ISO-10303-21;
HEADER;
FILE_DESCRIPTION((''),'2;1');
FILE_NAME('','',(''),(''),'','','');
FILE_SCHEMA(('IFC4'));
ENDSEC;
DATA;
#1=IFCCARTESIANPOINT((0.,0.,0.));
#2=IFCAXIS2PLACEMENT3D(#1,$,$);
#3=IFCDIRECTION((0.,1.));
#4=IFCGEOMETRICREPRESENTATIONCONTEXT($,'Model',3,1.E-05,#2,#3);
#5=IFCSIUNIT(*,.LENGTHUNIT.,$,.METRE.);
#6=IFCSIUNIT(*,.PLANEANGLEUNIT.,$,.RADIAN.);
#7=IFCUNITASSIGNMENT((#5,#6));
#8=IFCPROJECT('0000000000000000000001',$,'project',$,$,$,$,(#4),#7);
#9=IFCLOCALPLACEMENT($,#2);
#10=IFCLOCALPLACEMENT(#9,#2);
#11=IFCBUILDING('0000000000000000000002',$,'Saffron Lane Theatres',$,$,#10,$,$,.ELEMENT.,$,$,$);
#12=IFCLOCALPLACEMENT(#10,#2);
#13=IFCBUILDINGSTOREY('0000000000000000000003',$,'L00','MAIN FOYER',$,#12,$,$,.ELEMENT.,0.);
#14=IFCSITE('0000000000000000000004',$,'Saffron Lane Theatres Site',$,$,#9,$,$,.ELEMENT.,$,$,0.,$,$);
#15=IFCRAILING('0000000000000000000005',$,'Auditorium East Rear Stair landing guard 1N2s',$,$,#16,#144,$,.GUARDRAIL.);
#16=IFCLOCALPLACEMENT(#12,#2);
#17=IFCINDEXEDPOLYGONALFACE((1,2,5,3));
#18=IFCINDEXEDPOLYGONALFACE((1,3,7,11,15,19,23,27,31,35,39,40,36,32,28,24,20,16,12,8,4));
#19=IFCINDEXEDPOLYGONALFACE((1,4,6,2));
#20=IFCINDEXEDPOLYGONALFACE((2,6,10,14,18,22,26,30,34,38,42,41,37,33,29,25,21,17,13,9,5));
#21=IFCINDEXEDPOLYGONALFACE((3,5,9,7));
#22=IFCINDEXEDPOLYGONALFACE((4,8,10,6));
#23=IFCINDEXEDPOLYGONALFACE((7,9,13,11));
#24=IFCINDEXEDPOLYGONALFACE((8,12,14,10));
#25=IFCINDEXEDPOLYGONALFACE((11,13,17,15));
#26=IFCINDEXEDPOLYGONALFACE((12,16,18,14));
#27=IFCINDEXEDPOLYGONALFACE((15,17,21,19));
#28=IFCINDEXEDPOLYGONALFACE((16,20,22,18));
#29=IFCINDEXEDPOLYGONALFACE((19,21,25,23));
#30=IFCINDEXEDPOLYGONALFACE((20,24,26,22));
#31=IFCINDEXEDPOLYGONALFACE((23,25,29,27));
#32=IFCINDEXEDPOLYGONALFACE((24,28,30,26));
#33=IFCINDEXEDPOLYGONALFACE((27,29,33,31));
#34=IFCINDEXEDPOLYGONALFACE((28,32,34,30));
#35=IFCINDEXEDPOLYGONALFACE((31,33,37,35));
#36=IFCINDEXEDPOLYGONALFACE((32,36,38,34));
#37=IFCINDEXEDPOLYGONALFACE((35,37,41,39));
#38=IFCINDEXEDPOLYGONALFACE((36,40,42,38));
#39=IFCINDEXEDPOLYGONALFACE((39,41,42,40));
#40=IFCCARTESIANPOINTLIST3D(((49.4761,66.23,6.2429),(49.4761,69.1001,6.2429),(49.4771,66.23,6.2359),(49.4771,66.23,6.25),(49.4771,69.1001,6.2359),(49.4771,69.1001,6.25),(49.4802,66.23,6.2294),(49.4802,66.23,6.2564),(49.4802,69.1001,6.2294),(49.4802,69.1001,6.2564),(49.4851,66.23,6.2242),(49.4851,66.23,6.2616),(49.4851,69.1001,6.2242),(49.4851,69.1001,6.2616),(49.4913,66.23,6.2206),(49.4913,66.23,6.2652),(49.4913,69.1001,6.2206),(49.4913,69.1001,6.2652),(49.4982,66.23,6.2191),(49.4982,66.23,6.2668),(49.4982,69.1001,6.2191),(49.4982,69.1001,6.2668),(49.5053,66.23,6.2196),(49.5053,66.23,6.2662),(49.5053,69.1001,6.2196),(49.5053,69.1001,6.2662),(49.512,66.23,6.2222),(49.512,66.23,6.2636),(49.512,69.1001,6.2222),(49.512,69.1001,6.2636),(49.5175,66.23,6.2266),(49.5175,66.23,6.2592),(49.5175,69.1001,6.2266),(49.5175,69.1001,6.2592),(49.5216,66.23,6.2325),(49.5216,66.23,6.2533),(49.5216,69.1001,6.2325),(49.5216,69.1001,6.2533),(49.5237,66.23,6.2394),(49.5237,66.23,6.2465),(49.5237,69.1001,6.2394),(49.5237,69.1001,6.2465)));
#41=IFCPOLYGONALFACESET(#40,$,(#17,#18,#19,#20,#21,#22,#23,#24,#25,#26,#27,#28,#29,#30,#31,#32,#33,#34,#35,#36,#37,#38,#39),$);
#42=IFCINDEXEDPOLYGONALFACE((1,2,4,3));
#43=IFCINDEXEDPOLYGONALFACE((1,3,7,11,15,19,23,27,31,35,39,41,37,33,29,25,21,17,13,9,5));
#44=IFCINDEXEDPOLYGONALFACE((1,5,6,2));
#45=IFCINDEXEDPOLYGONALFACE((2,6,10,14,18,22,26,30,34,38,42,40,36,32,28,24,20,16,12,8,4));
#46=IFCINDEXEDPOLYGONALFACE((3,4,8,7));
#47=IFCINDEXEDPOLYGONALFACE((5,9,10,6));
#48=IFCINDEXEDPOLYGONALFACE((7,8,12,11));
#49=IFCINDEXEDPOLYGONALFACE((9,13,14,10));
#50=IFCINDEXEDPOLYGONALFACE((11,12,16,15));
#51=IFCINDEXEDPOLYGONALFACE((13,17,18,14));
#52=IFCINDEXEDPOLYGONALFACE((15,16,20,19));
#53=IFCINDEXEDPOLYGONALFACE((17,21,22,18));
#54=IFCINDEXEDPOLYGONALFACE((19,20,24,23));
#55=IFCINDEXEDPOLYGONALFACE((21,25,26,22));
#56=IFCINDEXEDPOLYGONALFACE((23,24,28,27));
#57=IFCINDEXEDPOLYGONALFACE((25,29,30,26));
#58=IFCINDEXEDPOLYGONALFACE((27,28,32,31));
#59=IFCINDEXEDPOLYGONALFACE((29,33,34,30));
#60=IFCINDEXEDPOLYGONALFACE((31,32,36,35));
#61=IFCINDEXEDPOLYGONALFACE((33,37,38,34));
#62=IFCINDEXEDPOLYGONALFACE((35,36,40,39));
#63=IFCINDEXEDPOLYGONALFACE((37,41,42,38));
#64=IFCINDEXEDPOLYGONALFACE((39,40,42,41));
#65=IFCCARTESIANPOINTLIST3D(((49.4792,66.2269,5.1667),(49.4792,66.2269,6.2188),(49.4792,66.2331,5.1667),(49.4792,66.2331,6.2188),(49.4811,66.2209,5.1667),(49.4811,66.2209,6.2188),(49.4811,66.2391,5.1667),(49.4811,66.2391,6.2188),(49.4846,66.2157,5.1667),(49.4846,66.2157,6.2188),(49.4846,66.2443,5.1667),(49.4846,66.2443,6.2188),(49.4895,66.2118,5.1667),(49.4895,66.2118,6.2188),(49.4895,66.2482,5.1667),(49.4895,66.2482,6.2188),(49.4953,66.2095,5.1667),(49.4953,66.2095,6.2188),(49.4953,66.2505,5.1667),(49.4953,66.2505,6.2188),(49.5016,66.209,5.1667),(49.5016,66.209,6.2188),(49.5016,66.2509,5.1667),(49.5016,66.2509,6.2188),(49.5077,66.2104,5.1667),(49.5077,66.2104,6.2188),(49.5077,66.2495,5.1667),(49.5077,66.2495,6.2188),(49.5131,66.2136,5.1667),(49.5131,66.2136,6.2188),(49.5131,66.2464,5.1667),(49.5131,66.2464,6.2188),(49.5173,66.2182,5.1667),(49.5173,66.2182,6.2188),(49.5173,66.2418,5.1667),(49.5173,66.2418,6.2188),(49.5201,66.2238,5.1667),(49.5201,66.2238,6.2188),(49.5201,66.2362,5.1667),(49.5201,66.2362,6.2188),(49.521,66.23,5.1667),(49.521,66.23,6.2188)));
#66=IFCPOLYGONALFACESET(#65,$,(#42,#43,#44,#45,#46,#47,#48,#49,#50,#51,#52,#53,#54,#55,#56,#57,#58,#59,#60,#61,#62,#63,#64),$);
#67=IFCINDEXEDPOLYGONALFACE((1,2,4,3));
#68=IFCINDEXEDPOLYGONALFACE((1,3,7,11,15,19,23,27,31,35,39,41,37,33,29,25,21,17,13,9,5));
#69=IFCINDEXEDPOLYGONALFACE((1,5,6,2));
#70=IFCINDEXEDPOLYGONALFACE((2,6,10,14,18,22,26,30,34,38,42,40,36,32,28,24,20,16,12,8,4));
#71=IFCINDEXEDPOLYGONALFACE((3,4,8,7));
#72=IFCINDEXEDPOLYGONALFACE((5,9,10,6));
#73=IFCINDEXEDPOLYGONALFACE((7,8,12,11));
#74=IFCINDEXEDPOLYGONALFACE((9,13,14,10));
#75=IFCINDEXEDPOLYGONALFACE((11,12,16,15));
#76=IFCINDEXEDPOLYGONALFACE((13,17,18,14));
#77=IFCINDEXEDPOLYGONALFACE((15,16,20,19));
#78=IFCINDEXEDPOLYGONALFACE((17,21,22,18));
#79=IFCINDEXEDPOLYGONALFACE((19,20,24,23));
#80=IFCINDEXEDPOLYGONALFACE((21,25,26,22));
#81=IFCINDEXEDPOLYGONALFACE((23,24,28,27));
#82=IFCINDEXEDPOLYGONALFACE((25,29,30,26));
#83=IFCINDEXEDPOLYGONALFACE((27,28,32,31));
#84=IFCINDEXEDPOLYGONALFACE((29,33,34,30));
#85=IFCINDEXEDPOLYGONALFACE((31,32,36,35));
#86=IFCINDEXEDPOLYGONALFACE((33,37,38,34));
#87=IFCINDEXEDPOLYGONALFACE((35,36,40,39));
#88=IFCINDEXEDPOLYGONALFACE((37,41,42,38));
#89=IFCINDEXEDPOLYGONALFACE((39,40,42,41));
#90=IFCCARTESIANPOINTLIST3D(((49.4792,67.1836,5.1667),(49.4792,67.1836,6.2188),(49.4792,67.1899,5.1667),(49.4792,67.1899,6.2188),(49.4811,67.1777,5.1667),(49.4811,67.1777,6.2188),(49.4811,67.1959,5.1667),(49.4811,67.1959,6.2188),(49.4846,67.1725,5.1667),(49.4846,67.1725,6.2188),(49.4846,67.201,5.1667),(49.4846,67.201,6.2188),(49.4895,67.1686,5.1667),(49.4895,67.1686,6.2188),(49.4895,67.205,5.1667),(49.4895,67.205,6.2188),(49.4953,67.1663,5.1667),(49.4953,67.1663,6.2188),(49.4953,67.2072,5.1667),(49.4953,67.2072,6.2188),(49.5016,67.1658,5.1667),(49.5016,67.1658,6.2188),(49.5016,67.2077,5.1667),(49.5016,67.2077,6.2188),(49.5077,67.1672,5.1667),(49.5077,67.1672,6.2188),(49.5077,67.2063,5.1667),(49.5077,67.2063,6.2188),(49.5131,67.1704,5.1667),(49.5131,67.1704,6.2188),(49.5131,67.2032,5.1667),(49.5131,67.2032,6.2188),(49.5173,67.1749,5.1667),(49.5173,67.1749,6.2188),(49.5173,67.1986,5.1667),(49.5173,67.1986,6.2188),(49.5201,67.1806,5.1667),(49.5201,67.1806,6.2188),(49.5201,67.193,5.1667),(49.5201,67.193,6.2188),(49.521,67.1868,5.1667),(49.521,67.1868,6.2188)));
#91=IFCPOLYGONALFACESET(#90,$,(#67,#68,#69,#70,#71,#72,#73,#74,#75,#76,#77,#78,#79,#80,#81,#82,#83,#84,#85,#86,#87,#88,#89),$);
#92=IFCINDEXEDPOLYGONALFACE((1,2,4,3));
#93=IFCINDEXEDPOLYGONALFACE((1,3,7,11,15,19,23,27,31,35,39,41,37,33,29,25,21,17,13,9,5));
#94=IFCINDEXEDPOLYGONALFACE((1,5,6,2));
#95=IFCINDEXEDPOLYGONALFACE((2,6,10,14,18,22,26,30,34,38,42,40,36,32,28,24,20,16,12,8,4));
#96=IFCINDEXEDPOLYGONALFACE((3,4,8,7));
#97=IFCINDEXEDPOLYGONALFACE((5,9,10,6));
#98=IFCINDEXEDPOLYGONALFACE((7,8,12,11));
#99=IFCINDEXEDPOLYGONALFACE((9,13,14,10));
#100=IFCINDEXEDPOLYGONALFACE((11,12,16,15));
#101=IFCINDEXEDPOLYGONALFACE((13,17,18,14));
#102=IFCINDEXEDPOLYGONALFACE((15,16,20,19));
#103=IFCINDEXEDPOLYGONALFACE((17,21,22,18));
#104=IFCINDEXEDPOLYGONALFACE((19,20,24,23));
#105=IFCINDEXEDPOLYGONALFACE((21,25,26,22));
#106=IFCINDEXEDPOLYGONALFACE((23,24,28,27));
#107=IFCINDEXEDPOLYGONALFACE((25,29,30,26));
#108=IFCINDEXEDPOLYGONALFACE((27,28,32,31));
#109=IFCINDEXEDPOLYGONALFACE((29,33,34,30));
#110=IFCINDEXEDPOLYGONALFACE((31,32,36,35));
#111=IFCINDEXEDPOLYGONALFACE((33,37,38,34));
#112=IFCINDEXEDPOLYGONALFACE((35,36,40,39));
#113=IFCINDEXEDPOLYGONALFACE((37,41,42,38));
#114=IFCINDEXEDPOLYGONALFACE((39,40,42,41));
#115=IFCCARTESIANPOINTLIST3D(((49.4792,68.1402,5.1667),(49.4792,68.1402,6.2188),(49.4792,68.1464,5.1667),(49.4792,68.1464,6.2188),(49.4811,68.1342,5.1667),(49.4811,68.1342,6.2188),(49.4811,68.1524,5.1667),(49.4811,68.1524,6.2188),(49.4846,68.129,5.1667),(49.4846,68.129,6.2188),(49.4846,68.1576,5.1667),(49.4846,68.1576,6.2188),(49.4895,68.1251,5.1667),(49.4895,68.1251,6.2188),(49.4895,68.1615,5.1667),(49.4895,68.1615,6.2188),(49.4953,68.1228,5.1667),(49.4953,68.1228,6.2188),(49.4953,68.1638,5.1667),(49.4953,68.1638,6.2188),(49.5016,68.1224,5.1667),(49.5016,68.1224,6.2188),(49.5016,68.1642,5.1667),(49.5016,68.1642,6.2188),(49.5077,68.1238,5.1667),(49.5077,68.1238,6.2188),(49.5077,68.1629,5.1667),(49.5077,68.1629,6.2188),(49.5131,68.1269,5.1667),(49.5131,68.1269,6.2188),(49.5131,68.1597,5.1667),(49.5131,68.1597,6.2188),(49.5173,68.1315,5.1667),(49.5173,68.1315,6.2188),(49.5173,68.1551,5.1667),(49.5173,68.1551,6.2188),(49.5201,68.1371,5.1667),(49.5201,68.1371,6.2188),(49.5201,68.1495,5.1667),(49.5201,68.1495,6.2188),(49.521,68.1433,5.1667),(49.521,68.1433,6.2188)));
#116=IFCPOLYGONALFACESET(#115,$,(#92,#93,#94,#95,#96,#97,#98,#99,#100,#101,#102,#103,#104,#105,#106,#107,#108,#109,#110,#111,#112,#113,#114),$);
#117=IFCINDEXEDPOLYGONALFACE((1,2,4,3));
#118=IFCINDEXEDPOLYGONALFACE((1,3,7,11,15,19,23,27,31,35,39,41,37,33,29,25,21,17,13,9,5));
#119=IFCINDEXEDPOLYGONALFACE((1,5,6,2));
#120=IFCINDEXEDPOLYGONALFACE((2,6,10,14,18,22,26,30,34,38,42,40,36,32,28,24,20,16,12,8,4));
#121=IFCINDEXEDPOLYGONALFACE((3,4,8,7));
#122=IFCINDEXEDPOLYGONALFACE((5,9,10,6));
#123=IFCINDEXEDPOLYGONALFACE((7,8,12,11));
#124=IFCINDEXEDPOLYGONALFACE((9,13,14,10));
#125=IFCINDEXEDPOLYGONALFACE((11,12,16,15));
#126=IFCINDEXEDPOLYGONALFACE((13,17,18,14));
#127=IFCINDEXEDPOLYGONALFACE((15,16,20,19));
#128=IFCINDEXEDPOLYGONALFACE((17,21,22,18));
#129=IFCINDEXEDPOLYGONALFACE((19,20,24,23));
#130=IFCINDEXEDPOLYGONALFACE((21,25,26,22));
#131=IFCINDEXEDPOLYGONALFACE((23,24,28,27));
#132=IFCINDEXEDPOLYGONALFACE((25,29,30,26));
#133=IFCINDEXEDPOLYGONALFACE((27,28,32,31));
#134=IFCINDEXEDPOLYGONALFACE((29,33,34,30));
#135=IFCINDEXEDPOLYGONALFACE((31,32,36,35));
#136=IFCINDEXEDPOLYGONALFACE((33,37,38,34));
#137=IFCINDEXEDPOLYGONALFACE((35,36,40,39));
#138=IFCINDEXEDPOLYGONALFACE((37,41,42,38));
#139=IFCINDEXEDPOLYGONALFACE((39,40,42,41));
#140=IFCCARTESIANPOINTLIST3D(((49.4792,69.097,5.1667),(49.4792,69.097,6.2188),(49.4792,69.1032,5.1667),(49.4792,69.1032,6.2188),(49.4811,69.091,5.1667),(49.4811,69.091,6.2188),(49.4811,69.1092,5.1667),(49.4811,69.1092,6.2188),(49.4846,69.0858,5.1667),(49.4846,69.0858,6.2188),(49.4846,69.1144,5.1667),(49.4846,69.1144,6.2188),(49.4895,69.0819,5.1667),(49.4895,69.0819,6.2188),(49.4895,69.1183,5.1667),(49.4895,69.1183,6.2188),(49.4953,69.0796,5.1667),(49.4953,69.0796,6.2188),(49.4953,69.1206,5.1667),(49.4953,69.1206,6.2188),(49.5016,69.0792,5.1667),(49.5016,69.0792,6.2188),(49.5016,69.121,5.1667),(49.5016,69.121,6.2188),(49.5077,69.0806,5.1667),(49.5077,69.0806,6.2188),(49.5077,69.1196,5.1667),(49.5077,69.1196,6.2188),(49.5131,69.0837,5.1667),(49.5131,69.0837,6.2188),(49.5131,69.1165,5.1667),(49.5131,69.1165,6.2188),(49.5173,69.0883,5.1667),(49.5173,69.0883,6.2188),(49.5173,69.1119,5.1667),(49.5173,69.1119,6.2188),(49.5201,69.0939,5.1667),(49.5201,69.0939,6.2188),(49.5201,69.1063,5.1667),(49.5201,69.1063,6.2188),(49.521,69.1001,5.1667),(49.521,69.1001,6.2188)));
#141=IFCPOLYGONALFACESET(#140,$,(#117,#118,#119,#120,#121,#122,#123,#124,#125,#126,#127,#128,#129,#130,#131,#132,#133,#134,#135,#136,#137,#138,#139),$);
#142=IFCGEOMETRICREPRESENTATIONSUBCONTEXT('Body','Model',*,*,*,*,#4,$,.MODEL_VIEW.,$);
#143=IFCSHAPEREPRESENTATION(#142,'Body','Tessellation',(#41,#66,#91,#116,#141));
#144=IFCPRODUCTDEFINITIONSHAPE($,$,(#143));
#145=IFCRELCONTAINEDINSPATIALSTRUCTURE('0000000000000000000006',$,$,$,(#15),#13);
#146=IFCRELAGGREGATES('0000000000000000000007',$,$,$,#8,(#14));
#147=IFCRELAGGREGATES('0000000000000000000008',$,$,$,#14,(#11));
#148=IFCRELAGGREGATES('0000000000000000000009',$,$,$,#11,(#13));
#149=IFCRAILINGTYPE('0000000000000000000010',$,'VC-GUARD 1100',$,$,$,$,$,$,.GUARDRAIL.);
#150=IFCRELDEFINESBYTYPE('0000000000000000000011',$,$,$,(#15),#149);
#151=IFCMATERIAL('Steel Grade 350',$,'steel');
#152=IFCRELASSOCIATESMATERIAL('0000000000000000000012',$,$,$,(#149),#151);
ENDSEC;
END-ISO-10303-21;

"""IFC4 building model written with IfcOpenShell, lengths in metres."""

from ifc_helpers import new_model, si_unit, direction, frame, origin, origin_2d, place, context, subcontext, project, spatial, circle, extrude, material, type_object, element, save


model = new_model("IFC4")

# Units and contexts
model_context = context("Model", 3, precision=1e-05, world=origin(), true_north=direction((0.0, 1.0)))
body_context = subcontext(model_context, "Body", "Model", "MODEL_VIEW")
ifc_project = project(units=[si_unit("LENGTHUNIT", "METRE"), si_unit("PLANEANGLEUNIT", "RADIAN")], contexts=[model_context])

# Site, building, storey
site_placement = place(None, origin())
site = spatial("IfcSite", under=ifc_project, at=site_placement, Name="Saffron Lane Theatres Site", CompositionType="ELEMENT", RefElevation=0.0)
building_placement = place(site_placement, origin())
building = spatial("IfcBuilding", under=site, at=building_placement, Name="Saffron Lane Theatres", CompositionType="ELEMENT")
storey_placement = place(building_placement, origin())
storey = spatial("IfcBuildingStorey", under=building, at=storey_placement, Name="L00", Description="MAIN FOYER", CompositionType="ELEMENT", Elevation=0.0)

# Railing
ifc_material_1 = material(Name="Steel Grade 350", Category="steel")
railing_type_1 = type_object("IfcRailingType", Name="VC-GUARD 1100", PredefinedType="GUARDRAIL", material=ifc_material_1)
railing_1_placement = place(storey_placement, frame((49.5, 66.23, 5.1667)))
element("IfcRailing", 1, at=railing_1_placement, inside=storey, type_object=railing_type_1, Name="Auditorium East Rear Stair landing guard 1N2s", PredefinedType="GUARDRAIL", context=body_context, shape_type="SweptSolid", body=[
    extrude(circle(Radius=0.0239, at=origin_2d()), frame((0.0, 0.0, 1.0762), z_axis=(0.0, 1.0, 0.0), x_axis=(-1.0, 0.0, 0.0)), (0.0, 0.0, 1.0), 2.8701),
    extrude(circle(Radius=0.021, at=origin_2d()), origin(), (0.0, 0.0, 1.0), 1.052),
    extrude(circle(Radius=0.021, at=origin_2d()), frame((0.0, 0.9568, 0.0)), (0.0, 0.0, 1.0), 1.052),
    extrude(circle(Radius=0.021, at=origin_2d()), frame((0.0, 1.9133, 0.0)), (0.0, 0.0, 1.0), 1.052),
    extrude(circle(Radius=0.021, at=origin_2d()), frame((0.0, 2.8701, 0.0)), (0.0, 0.0, 1.0), 1.052),
])

save(model, "model.ifc")
